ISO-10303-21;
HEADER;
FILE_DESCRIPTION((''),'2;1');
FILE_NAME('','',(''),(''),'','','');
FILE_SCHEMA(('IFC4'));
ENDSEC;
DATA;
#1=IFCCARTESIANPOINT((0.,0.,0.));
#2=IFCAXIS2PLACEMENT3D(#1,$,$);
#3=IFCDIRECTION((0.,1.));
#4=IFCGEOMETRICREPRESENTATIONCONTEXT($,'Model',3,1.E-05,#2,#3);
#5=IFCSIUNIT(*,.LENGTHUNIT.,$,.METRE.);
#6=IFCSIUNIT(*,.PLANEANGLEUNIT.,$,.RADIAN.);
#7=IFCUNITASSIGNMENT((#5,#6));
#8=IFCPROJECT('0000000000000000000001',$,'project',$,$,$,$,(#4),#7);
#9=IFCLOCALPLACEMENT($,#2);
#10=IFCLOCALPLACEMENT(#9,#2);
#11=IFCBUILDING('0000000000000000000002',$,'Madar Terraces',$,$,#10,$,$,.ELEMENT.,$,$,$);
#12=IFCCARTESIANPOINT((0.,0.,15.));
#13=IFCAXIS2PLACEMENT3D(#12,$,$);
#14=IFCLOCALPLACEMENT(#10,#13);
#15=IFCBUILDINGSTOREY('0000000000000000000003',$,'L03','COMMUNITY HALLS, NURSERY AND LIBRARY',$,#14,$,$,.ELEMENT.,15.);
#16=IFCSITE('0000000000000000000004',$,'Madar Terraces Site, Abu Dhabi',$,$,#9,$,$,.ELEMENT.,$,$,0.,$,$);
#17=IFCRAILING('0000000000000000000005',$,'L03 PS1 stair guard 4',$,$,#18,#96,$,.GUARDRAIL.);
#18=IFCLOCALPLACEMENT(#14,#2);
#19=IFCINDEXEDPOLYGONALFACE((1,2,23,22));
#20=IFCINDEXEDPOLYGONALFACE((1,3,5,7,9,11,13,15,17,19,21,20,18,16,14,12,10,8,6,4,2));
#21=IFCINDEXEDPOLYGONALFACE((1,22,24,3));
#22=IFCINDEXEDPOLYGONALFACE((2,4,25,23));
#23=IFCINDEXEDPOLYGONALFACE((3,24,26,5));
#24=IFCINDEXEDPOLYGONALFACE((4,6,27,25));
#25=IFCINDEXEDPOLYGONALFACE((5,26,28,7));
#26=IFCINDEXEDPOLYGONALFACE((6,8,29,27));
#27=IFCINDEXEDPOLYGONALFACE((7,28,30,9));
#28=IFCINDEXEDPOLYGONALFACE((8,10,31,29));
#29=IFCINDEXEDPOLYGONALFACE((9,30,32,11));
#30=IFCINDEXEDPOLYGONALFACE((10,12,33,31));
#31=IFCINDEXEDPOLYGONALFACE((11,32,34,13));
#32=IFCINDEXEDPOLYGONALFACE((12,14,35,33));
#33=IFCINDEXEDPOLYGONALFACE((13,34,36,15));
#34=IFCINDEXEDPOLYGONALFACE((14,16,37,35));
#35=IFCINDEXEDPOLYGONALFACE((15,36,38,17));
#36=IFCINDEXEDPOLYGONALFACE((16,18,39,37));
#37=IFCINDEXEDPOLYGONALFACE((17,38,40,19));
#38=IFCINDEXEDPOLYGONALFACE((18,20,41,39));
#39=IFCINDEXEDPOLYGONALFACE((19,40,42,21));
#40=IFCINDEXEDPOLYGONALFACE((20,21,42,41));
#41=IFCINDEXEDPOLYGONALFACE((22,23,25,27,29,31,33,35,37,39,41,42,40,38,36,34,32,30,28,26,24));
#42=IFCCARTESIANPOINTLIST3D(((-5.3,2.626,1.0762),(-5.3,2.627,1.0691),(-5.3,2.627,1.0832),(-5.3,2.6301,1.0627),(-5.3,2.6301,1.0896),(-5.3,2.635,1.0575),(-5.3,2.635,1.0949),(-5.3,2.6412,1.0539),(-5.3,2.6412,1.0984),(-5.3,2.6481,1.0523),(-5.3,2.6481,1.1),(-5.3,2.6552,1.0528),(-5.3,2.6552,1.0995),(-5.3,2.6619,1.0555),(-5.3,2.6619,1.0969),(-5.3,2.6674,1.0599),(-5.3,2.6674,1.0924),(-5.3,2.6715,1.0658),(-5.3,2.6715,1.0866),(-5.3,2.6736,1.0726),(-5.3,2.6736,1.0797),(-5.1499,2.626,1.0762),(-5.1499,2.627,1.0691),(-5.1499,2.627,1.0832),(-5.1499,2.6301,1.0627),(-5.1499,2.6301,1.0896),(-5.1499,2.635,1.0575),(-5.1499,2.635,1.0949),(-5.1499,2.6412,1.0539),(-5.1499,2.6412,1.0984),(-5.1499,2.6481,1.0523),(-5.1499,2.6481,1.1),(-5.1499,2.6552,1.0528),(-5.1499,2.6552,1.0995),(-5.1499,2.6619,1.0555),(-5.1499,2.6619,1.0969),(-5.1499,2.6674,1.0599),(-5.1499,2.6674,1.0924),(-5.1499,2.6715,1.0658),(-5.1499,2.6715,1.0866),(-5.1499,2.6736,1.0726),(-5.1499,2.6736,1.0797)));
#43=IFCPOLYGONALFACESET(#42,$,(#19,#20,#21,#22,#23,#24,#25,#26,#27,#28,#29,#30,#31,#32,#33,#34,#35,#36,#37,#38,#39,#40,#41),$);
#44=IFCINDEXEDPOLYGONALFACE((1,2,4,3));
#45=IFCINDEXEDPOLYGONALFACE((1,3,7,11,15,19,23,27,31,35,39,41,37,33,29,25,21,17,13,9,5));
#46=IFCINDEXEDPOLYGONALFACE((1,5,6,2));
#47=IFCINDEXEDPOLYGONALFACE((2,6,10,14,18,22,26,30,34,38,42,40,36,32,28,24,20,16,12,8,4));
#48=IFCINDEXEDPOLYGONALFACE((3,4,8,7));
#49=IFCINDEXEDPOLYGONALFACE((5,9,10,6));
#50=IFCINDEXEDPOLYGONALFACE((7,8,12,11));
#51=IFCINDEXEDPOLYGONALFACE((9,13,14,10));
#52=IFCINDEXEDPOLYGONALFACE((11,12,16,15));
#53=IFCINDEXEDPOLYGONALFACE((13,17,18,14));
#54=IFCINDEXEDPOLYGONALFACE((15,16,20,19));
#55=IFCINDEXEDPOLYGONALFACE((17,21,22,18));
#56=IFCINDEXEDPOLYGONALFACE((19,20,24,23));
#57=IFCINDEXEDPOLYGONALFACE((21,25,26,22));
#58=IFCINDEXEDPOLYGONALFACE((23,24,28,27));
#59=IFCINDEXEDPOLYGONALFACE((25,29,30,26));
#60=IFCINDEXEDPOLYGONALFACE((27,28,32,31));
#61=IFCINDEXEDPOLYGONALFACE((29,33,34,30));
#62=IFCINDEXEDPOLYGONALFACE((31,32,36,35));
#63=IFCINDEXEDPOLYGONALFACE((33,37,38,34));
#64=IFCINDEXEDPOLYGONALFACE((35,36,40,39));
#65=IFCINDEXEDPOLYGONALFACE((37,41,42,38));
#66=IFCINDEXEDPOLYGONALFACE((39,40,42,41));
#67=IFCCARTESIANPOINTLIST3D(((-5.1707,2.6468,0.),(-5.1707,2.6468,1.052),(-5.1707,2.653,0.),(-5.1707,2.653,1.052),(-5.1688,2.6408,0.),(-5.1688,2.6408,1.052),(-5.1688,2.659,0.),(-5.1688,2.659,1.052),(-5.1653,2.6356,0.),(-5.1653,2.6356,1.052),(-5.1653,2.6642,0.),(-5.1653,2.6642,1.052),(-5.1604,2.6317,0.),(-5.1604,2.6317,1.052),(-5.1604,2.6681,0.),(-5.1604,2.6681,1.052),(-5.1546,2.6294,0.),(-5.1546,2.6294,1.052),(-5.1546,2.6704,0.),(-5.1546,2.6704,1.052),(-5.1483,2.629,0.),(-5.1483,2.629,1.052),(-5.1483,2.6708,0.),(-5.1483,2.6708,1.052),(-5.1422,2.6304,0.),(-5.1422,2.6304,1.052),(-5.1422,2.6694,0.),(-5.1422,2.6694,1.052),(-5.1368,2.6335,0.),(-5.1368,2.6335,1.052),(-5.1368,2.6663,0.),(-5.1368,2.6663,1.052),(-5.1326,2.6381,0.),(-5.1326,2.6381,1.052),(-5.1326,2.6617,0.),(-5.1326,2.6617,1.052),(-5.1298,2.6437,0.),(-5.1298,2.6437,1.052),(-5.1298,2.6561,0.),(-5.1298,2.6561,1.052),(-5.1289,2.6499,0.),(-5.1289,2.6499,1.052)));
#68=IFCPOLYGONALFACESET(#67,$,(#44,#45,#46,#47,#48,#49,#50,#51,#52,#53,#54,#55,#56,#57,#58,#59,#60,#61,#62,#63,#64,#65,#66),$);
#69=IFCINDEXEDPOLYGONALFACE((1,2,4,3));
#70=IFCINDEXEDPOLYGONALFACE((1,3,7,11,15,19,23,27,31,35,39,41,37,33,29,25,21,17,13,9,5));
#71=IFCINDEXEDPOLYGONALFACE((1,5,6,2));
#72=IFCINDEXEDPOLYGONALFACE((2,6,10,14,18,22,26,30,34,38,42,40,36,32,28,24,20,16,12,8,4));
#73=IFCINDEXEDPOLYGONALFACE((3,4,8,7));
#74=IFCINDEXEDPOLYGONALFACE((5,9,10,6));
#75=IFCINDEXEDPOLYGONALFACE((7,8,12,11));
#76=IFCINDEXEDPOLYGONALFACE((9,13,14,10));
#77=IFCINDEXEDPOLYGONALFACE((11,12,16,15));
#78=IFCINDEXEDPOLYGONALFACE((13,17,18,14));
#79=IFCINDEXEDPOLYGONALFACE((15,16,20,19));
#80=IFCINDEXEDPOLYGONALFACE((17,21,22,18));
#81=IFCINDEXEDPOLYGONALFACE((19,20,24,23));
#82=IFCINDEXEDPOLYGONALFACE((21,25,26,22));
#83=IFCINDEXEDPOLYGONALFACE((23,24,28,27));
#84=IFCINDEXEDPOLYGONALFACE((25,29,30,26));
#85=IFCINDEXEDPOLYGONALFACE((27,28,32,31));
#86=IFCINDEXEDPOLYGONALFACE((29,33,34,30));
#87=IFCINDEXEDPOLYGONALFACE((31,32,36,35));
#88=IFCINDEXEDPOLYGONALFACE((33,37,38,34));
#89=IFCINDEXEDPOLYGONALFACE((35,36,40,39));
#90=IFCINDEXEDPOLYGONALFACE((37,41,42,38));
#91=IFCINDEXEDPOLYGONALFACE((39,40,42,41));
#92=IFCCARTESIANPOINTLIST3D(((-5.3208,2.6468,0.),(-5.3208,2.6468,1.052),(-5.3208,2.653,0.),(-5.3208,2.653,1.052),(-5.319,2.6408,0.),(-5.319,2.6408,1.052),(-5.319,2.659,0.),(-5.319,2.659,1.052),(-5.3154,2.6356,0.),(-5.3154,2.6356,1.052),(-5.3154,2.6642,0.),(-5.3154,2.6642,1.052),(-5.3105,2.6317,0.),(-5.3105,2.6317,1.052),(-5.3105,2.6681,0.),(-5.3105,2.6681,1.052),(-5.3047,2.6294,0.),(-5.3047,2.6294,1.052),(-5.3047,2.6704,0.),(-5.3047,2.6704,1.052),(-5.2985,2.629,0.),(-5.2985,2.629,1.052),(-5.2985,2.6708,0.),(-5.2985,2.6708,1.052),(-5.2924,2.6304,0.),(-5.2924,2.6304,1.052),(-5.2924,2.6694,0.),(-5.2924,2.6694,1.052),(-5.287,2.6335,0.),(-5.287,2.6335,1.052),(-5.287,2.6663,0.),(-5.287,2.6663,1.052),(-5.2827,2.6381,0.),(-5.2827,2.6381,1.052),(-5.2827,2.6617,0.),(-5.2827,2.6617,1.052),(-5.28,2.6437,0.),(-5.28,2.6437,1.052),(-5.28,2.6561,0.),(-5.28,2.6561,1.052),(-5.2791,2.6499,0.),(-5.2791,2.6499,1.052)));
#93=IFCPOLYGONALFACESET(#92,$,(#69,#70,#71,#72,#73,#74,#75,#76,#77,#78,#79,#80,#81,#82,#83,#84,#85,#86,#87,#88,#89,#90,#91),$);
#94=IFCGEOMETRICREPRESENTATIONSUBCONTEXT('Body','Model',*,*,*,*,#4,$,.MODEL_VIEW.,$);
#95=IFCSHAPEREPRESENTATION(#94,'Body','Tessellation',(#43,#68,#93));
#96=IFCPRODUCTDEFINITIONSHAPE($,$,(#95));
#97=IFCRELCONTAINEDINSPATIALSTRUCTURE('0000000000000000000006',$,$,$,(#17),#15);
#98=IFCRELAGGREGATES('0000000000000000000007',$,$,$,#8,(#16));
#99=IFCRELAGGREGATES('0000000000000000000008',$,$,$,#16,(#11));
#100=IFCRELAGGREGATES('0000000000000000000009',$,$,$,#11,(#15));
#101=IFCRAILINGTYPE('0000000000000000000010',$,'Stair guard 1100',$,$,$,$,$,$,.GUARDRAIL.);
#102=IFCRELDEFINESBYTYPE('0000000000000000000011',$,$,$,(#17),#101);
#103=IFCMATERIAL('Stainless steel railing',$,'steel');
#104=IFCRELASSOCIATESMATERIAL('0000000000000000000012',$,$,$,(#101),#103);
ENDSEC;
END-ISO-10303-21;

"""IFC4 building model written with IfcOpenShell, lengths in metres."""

from ifc_helpers import new_model, si_unit, direction, frame, origin, origin_2d, place, context, subcontext, project, spatial, circle, extrude, material, type_object, element, save


model = new_model("IFC4")

# Units and contexts
model_context = context("Model", 3, precision=1e-05, world=origin(), true_north=direction((0.0, 1.0)))
body_context = subcontext(model_context, "Body", "Model", "MODEL_VIEW")
ifc_project = project(units=[si_unit("LENGTHUNIT", "METRE"), si_unit("PLANEANGLEUNIT", "RADIAN")], contexts=[model_context])

# Site, building, storey
site_placement = place(None, origin())
site = spatial("IfcSite", under=ifc_project, at=site_placement, Name="Madar Terraces Site, Abu Dhabi", CompositionType="ELEMENT", RefElevation=0.0)
building_placement = place(site_placement, origin())
building = spatial("IfcBuilding", under=site, at=building_placement, Name="Madar Terraces", CompositionType="ELEMENT")
storey_placement = place(building_placement, frame((0.0, 0.0, 15.0)))
storey = spatial("IfcBuildingStorey", under=building, at=storey_placement, Name="L03", Description="COMMUNITY HALLS, NURSERY AND LIBRARY", CompositionType="ELEMENT", Elevation=15.0)

# Railing
ifc_material_1 = material(Name="Stainless steel railing", Category="steel")
railing_type_1 = type_object("IfcRailingType", Name="Stair guard 1100", PredefinedType="GUARDRAIL", material=ifc_material_1)
railing_1_placement = place(storey_placement, frame((-5.1499, 2.6499, 0.0)))
element("IfcRailing", 1, at=railing_1_placement, inside=storey, type_object=railing_type_1, Name="L03 PS1 stair guard 4", PredefinedType="GUARDRAIL", context=body_context, shape_type="SweptSolid", body=[
    extrude(circle(Radius=0.0239, at=origin_2d()), frame((0.0, 0.0, 1.0762), z_axis=(-1.0, 0.0, 0.0), x_axis=(0.0, -1.0, 0.0)), (0.0, 0.0, 1.0), 0.1501),
    extrude(circle(Radius=0.021, at=origin_2d()), origin(), (0.0, 0.0, 1.0), 1.052),
    extrude(circle(Radius=0.021, at=origin_2d()), frame((-0.1501, 0.0, 0.0)), (0.0, 0.0, 1.0), 1.052),
])

save(model, "model.ifc")
